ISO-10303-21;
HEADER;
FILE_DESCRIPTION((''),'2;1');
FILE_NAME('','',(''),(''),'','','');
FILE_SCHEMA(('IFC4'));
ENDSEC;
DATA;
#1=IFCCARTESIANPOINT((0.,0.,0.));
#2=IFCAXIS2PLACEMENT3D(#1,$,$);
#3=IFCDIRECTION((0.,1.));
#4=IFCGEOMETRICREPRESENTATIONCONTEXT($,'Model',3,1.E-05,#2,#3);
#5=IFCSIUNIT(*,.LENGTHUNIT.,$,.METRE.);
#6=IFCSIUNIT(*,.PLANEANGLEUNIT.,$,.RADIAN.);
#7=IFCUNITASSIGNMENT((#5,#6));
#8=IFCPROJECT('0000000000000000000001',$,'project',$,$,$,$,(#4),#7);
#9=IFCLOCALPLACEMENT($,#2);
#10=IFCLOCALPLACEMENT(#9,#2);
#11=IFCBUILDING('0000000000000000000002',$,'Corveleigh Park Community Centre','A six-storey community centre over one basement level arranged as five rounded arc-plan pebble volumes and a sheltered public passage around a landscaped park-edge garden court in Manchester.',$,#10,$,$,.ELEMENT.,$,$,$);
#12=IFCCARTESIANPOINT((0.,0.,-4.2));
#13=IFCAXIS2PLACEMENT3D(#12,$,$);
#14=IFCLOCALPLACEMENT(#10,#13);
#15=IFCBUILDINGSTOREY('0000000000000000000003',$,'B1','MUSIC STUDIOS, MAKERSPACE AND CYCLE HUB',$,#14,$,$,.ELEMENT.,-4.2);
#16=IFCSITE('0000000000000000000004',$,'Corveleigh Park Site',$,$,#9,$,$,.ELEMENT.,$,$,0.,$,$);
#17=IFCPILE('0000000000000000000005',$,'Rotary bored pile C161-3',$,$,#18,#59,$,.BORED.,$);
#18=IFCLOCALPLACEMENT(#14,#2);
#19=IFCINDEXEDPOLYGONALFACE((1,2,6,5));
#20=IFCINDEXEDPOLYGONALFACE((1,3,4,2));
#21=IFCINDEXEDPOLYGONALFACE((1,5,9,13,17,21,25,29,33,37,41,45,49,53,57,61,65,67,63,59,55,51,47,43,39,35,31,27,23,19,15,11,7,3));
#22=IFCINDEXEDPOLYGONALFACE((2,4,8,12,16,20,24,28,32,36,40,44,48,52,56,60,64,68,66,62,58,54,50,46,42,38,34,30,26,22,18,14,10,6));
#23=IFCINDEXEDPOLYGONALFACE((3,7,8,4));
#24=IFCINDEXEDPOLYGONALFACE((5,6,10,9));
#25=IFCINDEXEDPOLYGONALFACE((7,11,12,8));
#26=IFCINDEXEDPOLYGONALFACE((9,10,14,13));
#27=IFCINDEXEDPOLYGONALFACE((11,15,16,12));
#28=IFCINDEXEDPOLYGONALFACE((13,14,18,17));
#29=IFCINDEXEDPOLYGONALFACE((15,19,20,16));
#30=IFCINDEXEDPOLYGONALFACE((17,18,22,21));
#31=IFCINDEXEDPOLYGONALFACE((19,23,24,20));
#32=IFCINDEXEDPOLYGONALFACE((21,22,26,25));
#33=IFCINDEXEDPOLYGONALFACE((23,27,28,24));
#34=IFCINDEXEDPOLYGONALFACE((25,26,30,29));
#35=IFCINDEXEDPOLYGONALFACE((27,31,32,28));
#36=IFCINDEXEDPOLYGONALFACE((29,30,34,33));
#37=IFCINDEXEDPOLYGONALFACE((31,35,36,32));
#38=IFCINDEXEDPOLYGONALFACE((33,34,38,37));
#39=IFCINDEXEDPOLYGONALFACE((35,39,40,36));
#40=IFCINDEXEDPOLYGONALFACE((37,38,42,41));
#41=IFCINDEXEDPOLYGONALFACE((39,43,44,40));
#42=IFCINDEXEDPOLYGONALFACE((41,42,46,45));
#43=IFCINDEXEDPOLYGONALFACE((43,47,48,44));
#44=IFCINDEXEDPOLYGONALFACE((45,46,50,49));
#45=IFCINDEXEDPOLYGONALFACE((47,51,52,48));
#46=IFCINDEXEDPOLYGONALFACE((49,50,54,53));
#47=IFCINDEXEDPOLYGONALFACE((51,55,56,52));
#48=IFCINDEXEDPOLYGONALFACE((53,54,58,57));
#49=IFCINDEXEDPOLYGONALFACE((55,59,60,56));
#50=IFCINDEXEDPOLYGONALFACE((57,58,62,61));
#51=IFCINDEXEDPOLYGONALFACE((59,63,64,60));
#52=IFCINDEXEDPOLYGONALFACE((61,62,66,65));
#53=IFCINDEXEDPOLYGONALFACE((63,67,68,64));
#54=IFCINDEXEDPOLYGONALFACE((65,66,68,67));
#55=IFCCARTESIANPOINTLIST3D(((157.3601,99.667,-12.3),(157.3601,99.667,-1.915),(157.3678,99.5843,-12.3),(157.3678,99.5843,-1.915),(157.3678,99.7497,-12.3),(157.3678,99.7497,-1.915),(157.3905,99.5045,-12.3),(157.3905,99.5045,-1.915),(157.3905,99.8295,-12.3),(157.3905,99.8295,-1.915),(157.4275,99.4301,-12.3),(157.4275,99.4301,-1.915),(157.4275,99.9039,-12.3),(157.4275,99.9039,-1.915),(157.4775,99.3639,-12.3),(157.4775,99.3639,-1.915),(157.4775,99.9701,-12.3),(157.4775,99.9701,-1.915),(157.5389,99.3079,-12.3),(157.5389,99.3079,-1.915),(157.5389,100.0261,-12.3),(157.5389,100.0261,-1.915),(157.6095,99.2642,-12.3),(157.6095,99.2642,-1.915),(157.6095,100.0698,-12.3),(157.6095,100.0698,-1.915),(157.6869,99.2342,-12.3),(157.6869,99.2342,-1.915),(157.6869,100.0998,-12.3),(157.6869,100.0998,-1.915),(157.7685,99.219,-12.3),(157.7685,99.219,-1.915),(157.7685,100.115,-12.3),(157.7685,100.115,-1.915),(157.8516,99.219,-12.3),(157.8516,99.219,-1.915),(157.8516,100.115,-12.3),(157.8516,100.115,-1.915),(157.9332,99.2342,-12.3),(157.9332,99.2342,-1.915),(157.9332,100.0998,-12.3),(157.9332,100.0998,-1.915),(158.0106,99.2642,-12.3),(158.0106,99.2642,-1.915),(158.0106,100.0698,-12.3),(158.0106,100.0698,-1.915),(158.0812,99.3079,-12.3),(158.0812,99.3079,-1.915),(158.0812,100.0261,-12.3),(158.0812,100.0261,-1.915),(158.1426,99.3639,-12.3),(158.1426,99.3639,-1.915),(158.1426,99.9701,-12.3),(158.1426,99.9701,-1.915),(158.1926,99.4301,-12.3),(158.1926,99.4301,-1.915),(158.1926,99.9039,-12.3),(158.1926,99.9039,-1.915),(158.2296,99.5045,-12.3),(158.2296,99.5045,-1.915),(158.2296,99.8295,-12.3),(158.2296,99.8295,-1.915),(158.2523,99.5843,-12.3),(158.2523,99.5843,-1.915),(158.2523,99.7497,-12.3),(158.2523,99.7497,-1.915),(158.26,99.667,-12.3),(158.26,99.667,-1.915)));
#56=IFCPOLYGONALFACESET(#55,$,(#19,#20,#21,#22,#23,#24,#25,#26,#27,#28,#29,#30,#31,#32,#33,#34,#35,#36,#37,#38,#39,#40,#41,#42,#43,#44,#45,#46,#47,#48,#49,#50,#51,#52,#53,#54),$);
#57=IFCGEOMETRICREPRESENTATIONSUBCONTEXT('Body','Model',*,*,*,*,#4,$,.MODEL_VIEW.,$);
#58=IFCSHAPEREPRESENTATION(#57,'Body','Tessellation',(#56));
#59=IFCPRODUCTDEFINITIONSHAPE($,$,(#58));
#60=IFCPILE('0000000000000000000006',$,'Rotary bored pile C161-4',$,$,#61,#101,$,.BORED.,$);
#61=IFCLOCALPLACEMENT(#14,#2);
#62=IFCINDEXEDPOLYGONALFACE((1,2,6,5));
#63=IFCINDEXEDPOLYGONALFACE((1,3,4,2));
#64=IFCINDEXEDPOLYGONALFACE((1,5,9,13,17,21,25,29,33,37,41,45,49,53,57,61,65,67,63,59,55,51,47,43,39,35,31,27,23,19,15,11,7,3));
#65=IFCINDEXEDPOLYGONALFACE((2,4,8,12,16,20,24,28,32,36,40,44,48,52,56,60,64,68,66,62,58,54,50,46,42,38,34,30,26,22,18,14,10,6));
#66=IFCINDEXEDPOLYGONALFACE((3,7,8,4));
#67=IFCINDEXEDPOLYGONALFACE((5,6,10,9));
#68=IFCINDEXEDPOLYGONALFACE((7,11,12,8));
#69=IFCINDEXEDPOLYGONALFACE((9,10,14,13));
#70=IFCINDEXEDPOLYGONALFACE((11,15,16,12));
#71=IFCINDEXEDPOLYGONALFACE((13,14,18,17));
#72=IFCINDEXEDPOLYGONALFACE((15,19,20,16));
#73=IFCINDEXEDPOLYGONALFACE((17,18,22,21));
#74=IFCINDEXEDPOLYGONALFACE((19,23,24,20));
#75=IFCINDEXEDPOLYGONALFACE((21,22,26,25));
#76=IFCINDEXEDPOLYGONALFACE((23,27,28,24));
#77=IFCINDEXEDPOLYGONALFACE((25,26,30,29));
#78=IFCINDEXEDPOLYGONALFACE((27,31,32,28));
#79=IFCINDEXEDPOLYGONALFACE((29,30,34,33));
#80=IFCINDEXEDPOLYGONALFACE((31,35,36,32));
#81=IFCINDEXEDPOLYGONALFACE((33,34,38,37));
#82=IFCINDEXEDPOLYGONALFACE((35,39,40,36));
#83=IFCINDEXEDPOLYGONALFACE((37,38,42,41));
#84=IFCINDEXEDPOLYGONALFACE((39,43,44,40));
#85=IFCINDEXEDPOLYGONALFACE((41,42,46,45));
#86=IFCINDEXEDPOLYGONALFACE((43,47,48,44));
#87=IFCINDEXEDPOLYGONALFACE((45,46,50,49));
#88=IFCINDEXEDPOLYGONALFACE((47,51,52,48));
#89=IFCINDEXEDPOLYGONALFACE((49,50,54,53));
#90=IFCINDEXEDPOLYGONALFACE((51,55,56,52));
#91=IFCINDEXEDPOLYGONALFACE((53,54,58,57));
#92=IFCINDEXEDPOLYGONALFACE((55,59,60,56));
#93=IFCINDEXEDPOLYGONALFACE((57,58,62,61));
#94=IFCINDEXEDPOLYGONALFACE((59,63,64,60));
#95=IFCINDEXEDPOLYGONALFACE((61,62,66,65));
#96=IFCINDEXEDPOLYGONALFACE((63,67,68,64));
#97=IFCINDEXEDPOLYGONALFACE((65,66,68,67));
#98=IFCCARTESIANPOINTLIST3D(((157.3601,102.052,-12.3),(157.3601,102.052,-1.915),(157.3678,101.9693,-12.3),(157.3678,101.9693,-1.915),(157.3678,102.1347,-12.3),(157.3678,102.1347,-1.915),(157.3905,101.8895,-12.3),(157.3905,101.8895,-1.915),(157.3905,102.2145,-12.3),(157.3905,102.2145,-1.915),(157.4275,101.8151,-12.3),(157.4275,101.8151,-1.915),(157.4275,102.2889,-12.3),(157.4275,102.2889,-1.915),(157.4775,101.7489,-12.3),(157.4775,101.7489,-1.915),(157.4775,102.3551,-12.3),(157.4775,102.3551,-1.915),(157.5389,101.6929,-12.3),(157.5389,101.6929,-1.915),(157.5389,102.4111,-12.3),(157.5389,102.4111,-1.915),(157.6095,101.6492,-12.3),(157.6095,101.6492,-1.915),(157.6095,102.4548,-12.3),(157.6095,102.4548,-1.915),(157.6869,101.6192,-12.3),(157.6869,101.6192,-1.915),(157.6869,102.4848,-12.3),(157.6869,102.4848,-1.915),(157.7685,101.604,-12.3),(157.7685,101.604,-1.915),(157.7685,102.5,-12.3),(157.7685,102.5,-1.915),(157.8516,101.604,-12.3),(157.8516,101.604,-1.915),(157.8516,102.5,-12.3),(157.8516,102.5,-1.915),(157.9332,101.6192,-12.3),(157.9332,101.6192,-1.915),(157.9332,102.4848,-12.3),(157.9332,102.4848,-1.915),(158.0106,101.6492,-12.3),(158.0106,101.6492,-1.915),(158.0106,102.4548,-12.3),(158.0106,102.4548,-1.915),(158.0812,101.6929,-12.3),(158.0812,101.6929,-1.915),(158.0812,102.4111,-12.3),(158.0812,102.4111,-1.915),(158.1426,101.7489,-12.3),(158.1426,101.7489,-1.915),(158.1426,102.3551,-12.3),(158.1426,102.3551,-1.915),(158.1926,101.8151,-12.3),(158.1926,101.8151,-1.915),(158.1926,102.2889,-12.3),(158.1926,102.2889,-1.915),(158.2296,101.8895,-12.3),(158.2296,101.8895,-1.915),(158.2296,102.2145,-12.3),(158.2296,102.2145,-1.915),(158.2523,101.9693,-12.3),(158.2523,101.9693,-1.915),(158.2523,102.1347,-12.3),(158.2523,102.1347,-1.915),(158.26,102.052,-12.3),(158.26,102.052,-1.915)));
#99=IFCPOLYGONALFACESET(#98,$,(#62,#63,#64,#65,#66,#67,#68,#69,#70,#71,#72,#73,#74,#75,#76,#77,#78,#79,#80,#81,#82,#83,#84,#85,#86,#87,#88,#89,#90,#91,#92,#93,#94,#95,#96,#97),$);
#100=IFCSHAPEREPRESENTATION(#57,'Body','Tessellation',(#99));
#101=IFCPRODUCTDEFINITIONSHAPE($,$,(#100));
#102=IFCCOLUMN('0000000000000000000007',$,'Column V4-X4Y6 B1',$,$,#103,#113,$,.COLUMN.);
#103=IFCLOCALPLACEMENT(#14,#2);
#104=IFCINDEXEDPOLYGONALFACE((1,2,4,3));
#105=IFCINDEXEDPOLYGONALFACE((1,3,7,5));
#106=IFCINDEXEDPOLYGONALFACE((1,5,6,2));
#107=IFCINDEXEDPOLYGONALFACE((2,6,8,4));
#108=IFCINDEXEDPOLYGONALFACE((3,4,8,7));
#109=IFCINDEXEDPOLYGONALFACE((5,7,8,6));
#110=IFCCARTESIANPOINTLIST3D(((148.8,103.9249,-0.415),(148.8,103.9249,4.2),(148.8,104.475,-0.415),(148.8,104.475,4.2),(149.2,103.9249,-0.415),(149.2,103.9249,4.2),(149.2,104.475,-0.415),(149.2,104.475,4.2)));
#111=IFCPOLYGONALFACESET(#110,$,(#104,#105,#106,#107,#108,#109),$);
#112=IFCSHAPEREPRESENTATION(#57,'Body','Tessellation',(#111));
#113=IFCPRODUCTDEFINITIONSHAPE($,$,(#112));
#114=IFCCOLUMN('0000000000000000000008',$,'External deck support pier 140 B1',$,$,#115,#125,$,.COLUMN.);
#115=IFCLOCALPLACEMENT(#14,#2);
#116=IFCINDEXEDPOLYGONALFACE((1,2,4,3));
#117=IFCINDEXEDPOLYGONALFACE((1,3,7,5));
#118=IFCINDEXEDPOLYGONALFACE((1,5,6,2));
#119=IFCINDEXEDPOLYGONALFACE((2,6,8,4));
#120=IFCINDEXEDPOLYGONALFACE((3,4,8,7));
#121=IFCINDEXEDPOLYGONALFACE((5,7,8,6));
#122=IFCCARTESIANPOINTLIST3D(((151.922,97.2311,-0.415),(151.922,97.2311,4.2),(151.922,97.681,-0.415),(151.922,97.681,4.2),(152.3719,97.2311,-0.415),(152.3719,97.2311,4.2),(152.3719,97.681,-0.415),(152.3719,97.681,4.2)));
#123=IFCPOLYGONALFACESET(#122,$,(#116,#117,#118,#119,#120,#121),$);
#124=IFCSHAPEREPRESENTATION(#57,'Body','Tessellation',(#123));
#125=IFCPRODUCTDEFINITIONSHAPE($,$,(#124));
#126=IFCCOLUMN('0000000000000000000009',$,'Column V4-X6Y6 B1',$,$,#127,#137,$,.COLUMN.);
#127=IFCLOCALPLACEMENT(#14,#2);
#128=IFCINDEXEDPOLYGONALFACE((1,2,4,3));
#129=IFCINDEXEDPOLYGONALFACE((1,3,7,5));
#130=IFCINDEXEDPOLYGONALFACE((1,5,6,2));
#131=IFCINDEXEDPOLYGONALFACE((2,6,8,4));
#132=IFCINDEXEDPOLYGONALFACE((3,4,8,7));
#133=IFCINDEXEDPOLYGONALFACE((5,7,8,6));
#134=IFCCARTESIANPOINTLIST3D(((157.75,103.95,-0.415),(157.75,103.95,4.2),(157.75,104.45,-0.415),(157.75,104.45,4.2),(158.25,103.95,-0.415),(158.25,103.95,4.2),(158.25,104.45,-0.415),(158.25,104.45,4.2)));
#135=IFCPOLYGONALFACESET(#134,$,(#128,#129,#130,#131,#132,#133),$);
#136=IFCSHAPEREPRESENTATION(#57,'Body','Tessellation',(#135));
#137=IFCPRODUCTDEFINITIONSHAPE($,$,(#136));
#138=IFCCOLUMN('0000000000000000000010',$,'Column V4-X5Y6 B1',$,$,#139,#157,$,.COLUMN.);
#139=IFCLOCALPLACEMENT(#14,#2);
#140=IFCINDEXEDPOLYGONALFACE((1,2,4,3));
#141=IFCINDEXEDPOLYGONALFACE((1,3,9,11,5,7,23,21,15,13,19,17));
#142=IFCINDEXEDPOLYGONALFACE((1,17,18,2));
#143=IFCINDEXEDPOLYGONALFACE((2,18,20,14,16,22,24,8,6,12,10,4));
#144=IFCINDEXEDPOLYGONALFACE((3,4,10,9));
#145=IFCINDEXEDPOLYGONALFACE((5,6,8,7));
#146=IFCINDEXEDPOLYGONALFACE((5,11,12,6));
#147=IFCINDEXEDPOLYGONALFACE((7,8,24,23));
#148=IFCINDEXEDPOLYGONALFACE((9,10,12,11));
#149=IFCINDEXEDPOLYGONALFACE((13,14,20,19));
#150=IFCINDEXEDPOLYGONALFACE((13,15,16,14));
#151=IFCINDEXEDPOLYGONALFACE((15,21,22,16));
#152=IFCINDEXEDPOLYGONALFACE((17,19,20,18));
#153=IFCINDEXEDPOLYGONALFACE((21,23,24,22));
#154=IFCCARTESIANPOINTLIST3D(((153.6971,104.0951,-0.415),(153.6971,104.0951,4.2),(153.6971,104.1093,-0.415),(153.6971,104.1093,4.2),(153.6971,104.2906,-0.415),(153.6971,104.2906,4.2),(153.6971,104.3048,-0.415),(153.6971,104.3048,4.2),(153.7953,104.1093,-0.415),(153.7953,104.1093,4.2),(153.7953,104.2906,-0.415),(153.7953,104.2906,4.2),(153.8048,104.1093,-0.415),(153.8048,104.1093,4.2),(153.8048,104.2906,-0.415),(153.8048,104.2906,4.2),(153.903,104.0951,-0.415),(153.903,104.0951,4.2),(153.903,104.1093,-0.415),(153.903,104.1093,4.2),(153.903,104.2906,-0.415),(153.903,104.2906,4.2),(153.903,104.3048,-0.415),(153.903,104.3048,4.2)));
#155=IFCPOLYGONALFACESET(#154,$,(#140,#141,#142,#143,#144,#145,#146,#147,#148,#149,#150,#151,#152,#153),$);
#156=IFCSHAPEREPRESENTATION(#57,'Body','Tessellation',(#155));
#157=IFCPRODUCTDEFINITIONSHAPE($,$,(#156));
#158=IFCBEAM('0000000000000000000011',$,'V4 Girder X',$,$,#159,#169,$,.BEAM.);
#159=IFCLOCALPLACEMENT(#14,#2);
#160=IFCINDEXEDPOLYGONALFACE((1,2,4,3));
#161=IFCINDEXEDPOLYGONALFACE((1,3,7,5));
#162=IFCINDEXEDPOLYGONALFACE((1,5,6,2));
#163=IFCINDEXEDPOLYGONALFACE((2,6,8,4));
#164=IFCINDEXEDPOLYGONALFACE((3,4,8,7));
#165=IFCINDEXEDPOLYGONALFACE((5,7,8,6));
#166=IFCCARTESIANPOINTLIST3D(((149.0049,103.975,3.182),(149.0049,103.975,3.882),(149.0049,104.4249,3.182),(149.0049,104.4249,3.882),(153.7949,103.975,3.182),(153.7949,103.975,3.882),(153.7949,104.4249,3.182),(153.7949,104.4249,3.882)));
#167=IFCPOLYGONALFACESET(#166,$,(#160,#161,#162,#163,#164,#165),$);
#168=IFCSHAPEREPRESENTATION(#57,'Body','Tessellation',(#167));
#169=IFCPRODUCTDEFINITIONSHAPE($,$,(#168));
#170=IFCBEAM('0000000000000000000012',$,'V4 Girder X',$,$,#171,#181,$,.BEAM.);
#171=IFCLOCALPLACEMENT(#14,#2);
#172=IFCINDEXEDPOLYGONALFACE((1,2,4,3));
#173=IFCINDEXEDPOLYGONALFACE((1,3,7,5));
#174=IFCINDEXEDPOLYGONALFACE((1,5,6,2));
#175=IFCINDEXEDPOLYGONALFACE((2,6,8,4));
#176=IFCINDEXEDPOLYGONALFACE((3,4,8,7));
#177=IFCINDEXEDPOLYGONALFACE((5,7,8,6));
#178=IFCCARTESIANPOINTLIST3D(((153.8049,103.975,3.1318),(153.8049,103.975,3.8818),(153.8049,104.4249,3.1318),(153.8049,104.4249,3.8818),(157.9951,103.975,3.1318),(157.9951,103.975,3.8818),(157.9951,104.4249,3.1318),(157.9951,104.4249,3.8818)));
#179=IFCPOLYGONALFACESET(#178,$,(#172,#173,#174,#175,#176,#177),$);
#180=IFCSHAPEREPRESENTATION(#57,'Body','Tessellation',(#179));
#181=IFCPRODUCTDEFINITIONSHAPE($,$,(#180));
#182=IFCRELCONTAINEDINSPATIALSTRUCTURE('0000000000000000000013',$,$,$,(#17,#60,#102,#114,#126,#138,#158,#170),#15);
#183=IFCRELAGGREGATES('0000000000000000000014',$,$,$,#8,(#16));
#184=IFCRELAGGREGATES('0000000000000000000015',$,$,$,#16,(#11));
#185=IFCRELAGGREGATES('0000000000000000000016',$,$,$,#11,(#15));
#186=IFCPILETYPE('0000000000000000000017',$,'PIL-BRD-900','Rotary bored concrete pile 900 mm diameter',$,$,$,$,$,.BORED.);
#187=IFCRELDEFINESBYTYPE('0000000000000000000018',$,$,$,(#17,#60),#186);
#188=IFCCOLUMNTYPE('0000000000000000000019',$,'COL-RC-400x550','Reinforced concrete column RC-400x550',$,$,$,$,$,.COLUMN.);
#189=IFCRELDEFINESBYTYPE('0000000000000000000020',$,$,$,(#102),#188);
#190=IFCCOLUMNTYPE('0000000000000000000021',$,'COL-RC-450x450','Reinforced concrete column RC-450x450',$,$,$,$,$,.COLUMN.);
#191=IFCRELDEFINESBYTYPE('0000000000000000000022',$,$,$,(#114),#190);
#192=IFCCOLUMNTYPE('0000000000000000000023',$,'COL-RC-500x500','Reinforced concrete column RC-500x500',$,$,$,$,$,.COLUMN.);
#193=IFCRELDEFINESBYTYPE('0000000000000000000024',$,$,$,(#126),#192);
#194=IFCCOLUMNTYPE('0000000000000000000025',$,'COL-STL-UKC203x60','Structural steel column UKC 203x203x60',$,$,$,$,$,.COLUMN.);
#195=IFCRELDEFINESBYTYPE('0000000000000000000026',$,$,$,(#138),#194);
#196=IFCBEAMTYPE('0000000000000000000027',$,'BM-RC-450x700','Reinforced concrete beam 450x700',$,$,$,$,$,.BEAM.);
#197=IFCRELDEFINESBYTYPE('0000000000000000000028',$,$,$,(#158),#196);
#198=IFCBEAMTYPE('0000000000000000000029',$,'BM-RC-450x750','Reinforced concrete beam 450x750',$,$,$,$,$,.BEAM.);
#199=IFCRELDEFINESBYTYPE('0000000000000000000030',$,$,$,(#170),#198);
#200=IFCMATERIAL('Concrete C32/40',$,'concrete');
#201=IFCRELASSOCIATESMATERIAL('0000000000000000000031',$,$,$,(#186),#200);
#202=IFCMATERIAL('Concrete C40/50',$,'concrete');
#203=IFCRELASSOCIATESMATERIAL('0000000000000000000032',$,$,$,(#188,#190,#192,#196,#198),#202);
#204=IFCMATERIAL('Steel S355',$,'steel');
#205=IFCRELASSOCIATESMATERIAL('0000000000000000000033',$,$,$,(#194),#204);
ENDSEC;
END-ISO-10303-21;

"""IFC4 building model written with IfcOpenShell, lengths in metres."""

from ifc_helpers import new_model, si_unit, direction, frame, origin, origin_2d, place, context, subcontext, project, spatial, rectangle, circle, i_section, extrude, material, material_profile, profile_set, type_object, element, save


model = new_model("IFC4")

# Units and contexts
model_context = context("Model", 3, precision=1e-05, world=origin(), true_north=direction((0.0, 1.0)))
body_context = subcontext(model_context, "Body", "Model", "MODEL_VIEW")
ifc_project = project(units=[si_unit("LENGTHUNIT", "METRE"), si_unit("PLANEANGLEUNIT", "RADIAN")], contexts=[model_context])

# Site, building, storey
site_placement = place(None, origin())
site = spatial("IfcSite", under=ifc_project, at=site_placement, Name="Corveleigh Park Site", CompositionType="ELEMENT", RefElevation=0.0)
building_placement = place(site_placement, origin())
building = spatial("IfcBuilding", under=site, at=building_placement, Name="Corveleigh Park Community Centre", Description="A six-storey community centre over one basement level arranged as five rounded arc-plan pebble volumes and a sheltered public passage around a landscaped park-edge garden court in Manchester.", CompositionType="ELEMENT")
storey_placement = place(building_placement, frame((0.0, 0.0, -4.2)))
storey = spatial("IfcBuildingStorey", under=building, at=storey_placement, Name="B1", Description="MUSIC STUDIOS, MAKERSPACE AND CYCLE HUB", CompositionType="ELEMENT", Elevation=-4.2)

# Shared definitions
ifc_material_1 = material(Name="Concrete C40/50", Category="concrete")

# Piles
ifc_material_2 = material(Name="Concrete C32/40", Category="concrete")
ifc_material_profile_1 = material_profile(ifc_material_2, circle(Radius=0.45, at=origin_2d()), Name="BORED-PILE-900", Category="concrete")
ifc_profile_set_1 = profile_set([ifc_material_profile_1], Name="Concrete C32/40")
pile_type = type_object("IfcPileType", Name="PIL-BRD-900", Description="Rotary bored concrete pile 900 mm diameter", PredefinedType="BORED", material=ifc_profile_set_1)
for number, where, z_axis, x_axis, name in (
    (1, (157.8101, 99.667, -1.915), (0.0, 0.0, -1.0), (1.0, 0.0, 0.0), "Rotary bored pile C161-3"),
    (2, (157.8101, 102.052, -1.915), (0.0, 0.0, -1.0), (1.0, 0.0, 0.0), "Rotary bored pile C161-4"),
):
    element("IfcPile", number, at=place(storey_placement, frame(where, z_axis=z_axis, x_axis=x_axis)), inside=storey, type_object=pile_type, Name=name, PredefinedType="BORED", context=body_context, shape_type="SweptSolid", body=[
        extrude(circle(Radius=0.45, at=origin_2d()), origin(), (0.0, 0.0, 1.0), 10.385),
    ])

# Columns
ifc_material_profile_2 = material_profile(ifc_material_1, rectangle(XDim=0.3999, YDim=0.55, at=origin_2d()), Name="RC-400x550", Category="concrete")
ifc_profile_set_2 = profile_set([ifc_material_profile_2], Name="Concrete C40/50")
column_type_1 = type_object("IfcColumnType", Name="COL-RC-400x550", Description="Reinforced concrete column RC-400x550", PredefinedType="COLUMN", material=ifc_profile_set_2)
column_1_placement = place(storey_placement, frame((149.0, 104.2, -0.415), z_axis=(0.0, 0.0, 1.0), x_axis=(1.0, 0.0, 0.0)))
element("IfcColumn", 3, at=column_1_placement, inside=storey, type_object=column_type_1, Name="Column V4-X4Y6 B1", PredefinedType="COLUMN", context=body_context, shape_type="SweptSolid", body=[
    extrude(rectangle(XDim=0.3999, YDim=0.55, at=origin_2d()), origin(), (0.0, 0.0, 1.0), 4.615),
])
ifc_material_profile_3 = material_profile(ifc_material_1, rectangle(XDim=0.45, YDim=0.45, at=origin_2d()), Name="RC-450x450", Category="concrete")
ifc_profile_set_3 = profile_set([ifc_material_profile_3], Name="Concrete C40/50")
column_type_2 = type_object("IfcColumnType", Name="COL-RC-450x450", Description="Reinforced concrete column RC-450x450", PredefinedType="COLUMN", material=ifc_profile_set_3)
column_2_placement = place(storey_placement, frame((152.147, 97.4561, -0.415), z_axis=(0.0, 0.0, 1.0), x_axis=(1.0, 0.0, 0.0)))
element("IfcColumn", 4, at=column_2_placement, inside=storey, type_object=column_type_2, Name="External deck support pier 140 B1", PredefinedType="COLUMN", context=body_context, shape_type="SweptSolid", body=[
    extrude(rectangle(XDim=0.45, YDim=0.45, at=origin_2d()), origin(), (0.0, 0.0, 1.0), 4.615),
])
ifc_material_profile_4 = material_profile(ifc_material_1, rectangle(XDim=0.5, YDim=0.5, at=origin_2d()), Name="RC-500x500", Category="concrete")
ifc_profile_set_4 = profile_set([ifc_material_profile_4], Name="Concrete C40/50")
column_type_3 = type_object("IfcColumnType", Name="COL-RC-500x500", Description="Reinforced concrete column RC-500x500", PredefinedType="COLUMN", material=ifc_profile_set_4)
column_3_placement = place(storey_placement, frame((158.0, 104.2, -0.415), z_axis=(0.0, 0.0, 1.0), x_axis=(1.0, 0.0, 0.0)))
element("IfcColumn", 5, at=column_3_placement, inside=storey, type_object=column_type_3, Name="Column V4-X6Y6 B1", PredefinedType="COLUMN", context=body_context, shape_type="SweptSolid", body=[
    extrude(rectangle(XDim=0.5, YDim=0.5, at=origin_2d()), origin(), (0.0, 0.0, 1.0), 4.615),
])
ifc_material_3 = material(Name="Steel S355", Category="steel")
ifc_material_profile_5 = material_profile(ifc_material_3, i_section(OverallWidth=0.2058, OverallDepth=0.2097, WebThickness=0.0095, FlangeThickness=0.0142, at=origin_2d()), Name="UKC 203x203x60", Category="steel")
ifc_profile_set_5 = profile_set([ifc_material_profile_5], Name="Steel S355")
column_type_4 = type_object("IfcColumnType", Name="COL-STL-UKC203x60", Description="Structural steel column UKC 203x203x60", PredefinedType="COLUMN", material=ifc_profile_set_5)
column_4_placement = place(storey_placement, frame((153.8, 104.2, -0.415), z_axis=(0.0, 0.0, 1.0), x_axis=(1.0, 0.0, 0.0)))
element("IfcColumn", 6, at=column_4_placement, inside=storey, type_object=column_type_4, Name="Column V4-X5Y6 B1", PredefinedType="COLUMN", context=body_context, shape_type="SweptSolid", body=[
    extrude(i_section(OverallWidth=0.2058, OverallDepth=0.2097, WebThickness=0.0095, FlangeThickness=0.0142, at=origin_2d()), origin(), (0.0, 0.0, 1.0), 4.615),
])

# Beams
ifc_material_profile_6 = material_profile(ifc_material_1, rectangle(XDim=0.45, YDim=0.7, at=origin_2d()), Name="RC-450x700", Category="concrete")
ifc_profile_set_6 = profile_set([ifc_material_profile_6], Name="Concrete C40/50")
beam_type_1 = type_object("IfcBeamType", Name="BM-RC-450x700", Description="Reinforced concrete beam 450x700", PredefinedType="BEAM", material=ifc_profile_set_6)
beam_1_placement = place(storey_placement, frame((149.0049, 104.2, 3.532), z_axis=(1.0, 0.0, 0.0), x_axis=(0.0, 1.0, 0.0)))
element("IfcBeam", 7, at=beam_1_placement, inside=storey, type_object=beam_type_1, Name="V4 Girder X", PredefinedType="BEAM", context=body_context, shape_type="SweptSolid", body=[
    extrude(rectangle(XDim=0.45, YDim=0.7, at=origin_2d()), origin(), (0.0, 0.0, 1.0), 4.79),
])
ifc_material_profile_7 = material_profile(ifc_material_1, rectangle(XDim=0.45, YDim=0.75, at=origin_2d()), Name="RC-450x750", Category="concrete")
ifc_profile_set_7 = profile_set([ifc_material_profile_7], Name="Concrete C40/50")
beam_type_2 = type_object("IfcBeamType", Name="BM-RC-450x750", Description="Reinforced concrete beam 450x750", PredefinedType="BEAM", material=ifc_profile_set_7)
beam_2_placement = place(storey_placement, frame((153.8049, 104.2, 3.5068), z_axis=(1.0, 0.0, 0.0), x_axis=(0.0, 1.0, 0.0)))
element("IfcBeam", 8, at=beam_2_placement, inside=storey, type_object=beam_type_2, Name="V4 Girder X", PredefinedType="BEAM", context=body_context, shape_type="SweptSolid", body=[
    extrude(rectangle(XDim=0.45, YDim=0.75, at=origin_2d()), origin(), (0.0, 0.0, 1.0), 4.1902),
])

save(model, "model.ifc")
